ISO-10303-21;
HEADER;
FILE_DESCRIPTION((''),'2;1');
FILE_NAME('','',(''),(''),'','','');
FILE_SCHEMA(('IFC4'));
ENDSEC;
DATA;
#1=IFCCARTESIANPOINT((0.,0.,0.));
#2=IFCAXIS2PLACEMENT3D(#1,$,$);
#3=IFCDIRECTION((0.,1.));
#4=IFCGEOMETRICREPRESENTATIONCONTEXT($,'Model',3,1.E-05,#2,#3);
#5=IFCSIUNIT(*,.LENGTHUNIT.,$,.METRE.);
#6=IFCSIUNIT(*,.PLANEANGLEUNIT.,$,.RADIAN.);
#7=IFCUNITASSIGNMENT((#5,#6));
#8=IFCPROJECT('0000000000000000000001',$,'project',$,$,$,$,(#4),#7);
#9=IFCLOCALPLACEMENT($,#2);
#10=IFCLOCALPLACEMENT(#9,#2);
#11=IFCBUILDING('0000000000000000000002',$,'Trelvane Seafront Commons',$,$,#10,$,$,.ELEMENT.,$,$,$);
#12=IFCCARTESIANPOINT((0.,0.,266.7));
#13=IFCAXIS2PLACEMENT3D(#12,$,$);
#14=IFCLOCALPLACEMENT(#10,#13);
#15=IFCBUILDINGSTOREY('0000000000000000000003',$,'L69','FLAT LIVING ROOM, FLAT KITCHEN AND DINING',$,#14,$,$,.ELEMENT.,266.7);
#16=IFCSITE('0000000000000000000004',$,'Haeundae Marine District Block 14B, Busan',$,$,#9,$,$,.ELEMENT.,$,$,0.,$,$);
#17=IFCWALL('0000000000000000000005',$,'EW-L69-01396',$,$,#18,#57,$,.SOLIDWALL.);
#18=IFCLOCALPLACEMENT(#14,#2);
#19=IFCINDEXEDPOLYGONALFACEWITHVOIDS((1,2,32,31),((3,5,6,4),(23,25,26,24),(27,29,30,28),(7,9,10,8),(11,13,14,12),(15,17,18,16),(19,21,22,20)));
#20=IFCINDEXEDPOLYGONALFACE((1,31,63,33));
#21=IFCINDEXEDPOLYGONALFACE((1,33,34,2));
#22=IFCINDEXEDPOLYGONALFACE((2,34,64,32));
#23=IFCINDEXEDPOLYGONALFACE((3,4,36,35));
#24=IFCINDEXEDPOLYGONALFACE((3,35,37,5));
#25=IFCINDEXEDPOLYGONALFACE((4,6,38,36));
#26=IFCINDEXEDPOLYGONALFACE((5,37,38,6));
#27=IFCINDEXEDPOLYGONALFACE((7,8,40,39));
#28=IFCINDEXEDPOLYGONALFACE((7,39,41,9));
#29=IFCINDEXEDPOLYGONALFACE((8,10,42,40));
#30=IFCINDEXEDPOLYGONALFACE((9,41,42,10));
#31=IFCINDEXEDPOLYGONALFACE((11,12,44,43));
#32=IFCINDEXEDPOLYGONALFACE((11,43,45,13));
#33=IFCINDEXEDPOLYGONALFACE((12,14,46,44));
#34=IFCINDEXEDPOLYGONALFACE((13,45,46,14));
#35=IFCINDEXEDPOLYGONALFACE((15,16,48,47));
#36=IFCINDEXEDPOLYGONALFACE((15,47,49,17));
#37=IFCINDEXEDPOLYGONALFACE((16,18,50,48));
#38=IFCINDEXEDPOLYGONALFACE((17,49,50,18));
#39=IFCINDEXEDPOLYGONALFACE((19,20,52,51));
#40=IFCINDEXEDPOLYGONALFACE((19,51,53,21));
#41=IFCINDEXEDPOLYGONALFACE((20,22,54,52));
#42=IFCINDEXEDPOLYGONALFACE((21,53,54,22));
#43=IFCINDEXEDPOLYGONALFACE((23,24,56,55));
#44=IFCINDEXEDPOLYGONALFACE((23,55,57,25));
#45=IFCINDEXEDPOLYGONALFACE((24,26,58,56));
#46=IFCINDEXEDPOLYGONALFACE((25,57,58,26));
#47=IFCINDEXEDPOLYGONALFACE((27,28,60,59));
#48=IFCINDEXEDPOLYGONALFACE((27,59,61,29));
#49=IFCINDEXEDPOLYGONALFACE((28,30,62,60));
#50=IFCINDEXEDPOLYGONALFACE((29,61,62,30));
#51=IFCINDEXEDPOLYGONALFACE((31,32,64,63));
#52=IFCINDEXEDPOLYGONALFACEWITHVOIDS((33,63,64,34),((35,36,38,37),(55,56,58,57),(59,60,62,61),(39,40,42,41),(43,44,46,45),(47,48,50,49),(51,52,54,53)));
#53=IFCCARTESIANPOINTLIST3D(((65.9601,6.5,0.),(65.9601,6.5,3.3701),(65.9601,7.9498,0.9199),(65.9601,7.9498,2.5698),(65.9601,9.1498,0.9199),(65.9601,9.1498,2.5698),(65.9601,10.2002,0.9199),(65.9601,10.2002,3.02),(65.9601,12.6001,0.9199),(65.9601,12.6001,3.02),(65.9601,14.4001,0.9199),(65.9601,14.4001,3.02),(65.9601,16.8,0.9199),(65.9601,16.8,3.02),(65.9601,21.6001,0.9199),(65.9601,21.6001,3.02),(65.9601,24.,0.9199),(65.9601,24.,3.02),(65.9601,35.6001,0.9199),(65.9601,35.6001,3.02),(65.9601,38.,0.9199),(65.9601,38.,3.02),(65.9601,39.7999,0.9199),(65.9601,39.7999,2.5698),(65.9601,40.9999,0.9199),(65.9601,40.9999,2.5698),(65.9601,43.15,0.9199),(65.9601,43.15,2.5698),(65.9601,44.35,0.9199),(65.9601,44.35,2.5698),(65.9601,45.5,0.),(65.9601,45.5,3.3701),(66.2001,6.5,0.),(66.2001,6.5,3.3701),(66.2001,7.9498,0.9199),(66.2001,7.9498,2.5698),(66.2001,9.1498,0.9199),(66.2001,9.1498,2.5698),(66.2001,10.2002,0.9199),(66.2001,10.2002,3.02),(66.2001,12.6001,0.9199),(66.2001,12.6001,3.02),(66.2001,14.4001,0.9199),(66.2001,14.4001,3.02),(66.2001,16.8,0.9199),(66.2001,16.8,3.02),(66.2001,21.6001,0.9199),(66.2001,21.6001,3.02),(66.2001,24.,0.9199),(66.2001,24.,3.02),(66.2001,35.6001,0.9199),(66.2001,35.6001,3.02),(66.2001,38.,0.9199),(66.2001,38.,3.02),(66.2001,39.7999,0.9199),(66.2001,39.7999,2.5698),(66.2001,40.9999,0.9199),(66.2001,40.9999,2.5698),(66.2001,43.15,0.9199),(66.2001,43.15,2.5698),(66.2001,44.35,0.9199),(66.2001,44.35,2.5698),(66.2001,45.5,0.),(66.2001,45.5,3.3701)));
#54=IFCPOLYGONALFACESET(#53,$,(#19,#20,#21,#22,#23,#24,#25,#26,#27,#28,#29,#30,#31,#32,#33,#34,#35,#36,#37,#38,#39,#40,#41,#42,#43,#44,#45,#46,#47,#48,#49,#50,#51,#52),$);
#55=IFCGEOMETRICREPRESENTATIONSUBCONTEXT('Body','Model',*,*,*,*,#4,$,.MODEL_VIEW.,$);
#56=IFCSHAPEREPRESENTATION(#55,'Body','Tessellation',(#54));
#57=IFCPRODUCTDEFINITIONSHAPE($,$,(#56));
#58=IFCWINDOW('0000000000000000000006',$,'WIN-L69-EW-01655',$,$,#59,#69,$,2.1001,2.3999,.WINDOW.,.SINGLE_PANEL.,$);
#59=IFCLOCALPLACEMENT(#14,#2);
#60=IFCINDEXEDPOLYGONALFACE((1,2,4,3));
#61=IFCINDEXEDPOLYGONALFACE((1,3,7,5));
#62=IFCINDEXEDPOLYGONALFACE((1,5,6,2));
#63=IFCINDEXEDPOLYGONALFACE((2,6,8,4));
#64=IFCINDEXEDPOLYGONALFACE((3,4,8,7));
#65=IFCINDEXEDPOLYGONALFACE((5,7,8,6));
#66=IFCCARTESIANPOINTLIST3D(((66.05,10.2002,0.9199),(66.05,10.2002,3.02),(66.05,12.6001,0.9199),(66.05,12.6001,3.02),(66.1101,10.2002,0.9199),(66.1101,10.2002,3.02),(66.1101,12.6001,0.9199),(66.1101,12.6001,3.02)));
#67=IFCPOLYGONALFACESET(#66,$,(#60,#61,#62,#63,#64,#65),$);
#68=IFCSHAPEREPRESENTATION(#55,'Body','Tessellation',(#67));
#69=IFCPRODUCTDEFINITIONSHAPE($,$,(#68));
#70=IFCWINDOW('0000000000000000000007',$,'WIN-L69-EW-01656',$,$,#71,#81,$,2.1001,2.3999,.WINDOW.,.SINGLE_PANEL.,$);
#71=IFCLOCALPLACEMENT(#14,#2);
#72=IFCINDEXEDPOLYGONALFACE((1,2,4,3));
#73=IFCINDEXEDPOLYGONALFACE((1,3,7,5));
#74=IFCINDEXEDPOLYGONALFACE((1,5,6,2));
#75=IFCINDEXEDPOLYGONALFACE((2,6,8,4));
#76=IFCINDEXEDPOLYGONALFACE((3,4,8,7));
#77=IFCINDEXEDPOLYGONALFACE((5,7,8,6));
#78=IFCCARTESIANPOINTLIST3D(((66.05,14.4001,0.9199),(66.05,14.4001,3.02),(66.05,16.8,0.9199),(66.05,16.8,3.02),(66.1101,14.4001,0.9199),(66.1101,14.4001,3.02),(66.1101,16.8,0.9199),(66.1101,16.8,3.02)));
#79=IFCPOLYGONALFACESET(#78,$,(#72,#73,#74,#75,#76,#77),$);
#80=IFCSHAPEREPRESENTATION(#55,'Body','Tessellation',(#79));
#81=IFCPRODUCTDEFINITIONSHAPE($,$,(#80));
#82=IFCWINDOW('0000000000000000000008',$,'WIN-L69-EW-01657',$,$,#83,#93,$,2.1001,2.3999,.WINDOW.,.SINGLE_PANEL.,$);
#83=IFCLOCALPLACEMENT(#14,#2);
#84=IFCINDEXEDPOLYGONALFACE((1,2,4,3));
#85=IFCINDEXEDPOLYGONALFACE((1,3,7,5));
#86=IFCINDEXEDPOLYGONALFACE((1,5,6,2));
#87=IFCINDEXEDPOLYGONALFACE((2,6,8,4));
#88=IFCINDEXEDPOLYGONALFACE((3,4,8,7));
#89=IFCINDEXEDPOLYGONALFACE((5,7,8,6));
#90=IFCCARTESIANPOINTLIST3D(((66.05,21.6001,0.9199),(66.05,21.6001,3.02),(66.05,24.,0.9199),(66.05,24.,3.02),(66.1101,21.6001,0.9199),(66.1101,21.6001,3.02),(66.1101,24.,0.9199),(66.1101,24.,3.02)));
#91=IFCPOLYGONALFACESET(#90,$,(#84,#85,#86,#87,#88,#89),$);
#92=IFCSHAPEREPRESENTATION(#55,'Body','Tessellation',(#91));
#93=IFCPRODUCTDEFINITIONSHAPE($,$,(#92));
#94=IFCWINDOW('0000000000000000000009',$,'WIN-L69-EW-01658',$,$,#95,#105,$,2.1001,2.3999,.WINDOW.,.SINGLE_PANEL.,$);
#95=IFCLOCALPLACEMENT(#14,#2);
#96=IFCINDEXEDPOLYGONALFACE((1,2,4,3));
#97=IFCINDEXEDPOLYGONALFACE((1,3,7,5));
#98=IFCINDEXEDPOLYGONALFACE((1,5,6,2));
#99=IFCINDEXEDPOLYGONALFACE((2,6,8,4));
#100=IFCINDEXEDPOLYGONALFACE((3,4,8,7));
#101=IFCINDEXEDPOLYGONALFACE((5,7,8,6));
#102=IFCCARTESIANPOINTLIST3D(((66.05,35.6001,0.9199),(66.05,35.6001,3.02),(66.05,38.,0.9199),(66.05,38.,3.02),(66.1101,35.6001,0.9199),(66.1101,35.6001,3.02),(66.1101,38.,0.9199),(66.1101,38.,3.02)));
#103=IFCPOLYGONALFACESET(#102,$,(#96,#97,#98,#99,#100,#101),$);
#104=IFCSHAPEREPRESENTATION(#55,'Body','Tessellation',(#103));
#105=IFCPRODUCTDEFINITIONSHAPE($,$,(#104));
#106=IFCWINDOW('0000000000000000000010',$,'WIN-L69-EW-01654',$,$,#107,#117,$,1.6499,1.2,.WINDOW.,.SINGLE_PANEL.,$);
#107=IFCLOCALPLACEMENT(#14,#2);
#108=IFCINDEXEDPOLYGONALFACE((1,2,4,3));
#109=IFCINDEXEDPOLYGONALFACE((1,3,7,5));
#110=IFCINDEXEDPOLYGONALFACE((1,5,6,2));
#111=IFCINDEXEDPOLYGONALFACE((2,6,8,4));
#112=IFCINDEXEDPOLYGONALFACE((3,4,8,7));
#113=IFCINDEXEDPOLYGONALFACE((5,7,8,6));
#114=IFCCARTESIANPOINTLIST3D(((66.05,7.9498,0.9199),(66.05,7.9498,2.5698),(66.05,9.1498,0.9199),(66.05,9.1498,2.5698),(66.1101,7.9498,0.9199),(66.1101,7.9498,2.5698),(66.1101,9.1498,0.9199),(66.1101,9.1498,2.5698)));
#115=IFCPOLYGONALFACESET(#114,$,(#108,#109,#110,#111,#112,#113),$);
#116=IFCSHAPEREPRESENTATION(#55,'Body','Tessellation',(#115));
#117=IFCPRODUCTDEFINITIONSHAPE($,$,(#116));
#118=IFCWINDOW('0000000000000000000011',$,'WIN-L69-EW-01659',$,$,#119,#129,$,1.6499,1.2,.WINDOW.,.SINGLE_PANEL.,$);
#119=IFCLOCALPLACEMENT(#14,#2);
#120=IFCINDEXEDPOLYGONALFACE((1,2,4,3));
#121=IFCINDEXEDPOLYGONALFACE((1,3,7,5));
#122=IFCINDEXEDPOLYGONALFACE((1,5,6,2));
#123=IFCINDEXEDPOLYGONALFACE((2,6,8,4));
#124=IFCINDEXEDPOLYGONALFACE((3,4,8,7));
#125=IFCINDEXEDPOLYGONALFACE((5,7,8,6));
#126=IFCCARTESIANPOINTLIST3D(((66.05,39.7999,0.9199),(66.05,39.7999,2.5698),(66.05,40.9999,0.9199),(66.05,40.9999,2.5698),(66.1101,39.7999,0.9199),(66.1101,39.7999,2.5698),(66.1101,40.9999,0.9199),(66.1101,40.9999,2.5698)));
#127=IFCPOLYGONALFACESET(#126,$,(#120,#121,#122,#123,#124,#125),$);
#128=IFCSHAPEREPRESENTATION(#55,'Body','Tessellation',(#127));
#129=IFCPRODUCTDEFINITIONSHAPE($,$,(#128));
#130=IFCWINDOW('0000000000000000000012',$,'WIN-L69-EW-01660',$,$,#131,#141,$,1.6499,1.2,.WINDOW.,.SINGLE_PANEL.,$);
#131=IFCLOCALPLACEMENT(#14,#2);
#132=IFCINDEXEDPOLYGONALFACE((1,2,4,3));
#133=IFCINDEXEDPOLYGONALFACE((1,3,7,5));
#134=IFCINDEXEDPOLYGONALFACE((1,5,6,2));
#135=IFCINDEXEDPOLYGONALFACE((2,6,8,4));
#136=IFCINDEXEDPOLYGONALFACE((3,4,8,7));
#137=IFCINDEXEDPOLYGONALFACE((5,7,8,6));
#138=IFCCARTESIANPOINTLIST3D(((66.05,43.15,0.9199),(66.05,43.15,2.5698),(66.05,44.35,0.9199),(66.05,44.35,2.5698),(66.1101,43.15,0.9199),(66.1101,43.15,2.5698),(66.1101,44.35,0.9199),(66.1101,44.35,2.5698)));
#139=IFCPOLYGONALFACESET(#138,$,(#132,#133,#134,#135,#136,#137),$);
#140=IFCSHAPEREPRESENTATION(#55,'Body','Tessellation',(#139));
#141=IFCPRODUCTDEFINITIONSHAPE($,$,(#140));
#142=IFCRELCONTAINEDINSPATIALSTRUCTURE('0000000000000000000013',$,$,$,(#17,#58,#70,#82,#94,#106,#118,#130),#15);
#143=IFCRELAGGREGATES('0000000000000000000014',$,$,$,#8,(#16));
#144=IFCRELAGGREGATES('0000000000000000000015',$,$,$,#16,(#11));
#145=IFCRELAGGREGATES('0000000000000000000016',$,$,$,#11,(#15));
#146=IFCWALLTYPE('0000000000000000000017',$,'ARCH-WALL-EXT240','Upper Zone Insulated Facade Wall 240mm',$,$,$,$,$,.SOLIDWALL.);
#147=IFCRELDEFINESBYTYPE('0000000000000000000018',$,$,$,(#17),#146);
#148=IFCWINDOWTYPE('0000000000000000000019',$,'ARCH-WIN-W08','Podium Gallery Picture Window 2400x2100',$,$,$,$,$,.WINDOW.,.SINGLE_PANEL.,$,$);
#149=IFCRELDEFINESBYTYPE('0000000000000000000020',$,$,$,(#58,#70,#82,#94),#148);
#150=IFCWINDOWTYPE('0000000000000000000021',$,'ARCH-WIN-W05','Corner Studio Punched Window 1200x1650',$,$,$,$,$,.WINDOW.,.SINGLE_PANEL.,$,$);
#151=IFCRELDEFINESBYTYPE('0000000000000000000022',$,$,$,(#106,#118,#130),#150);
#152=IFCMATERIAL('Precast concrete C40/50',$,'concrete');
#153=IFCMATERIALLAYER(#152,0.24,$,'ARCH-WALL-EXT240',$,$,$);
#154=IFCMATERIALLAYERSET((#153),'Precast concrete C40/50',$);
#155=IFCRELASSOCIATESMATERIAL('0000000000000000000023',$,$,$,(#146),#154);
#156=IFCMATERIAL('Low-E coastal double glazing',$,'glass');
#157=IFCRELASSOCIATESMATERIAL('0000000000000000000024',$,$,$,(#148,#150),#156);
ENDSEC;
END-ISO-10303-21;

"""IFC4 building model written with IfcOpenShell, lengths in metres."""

from ifc_helpers import new_model, si_unit, direction, frame, frame_2d, origin, place, context, subcontext, project, spatial, rectangle, extrude, source, transform, mapped, material, layer, layer_set, type_object, element, fill, save


model = new_model("IFC4")

# Units and contexts
model_context = context("Model", 3, precision=1e-05, world=origin(), true_north=direction((0.0, 1.0)))
body_context = subcontext(model_context, "Body", "Model", "MODEL_VIEW")
ifc_project = project(units=[si_unit("LENGTHUNIT", "METRE"), si_unit("PLANEANGLEUNIT", "RADIAN")], contexts=[model_context])

# Site, building, storey
site_placement = place(None, origin())
site = spatial("IfcSite", under=ifc_project, at=site_placement, Name="Haeundae Marine District Block 14B, Busan", CompositionType="ELEMENT", RefElevation=0.0)
building_placement = place(site_placement, origin())
building = spatial("IfcBuilding", under=site, at=building_placement, Name="Trelvane Seafront Commons", CompositionType="ELEMENT")
storey_placement = place(building_placement, frame((0.0, 0.0, 266.7)))
storey = spatial("IfcBuildingStorey", under=building, at=storey_placement, Name="L69", Description="FLAT LIVING ROOM, FLAT KITCHEN AND DINING", CompositionType="ELEMENT", Elevation=266.7)

# Shared definitions
ifc_material_1 = material(Name="Low-E coastal double glazing", Category="glass")

# Shared definitions
ifc_material_2 = material(Name="Precast concrete C40/50", Category="concrete")
ifc_layer_1 = layer(ifc_material_2, 0.24, Name="ARCH-WALL-EXT240")
ifc_layer_set_1 = layer_set([ifc_layer_1], Name="Precast concrete C40/50")
wall_type = type_object("IfcWallType", Name="ARCH-WALL-EXT240", Description="Upper Zone Insulated Facade Wall 240mm", PredefinedType="SOLIDWALL", material=ifc_layer_set_1)

# Wall, openings, windows
wall_1_placement = place(storey_placement, frame((66.0801, 45.5, 0.0), z_axis=(0.0, 0.0, 1.0), x_axis=(0.0, -1.0, 0.0)))
wall_1 = element("IfcWall", 1, at=wall_1_placement, inside=storey, type_object=wall_type, Name="EW-L69-01396", PredefinedType="SOLIDWALL", context=body_context, shape_type="SweptSolid", body=[
    extrude(rectangle(XDim=39.0, YDim=0.24, at=frame_2d((19.5, 0.0))), origin(), (0.0, 0.0, 1.0), 3.3701),
])
opening_1_placement = place(wall_1_placement, frame((36.3501, 0.0, 0.9199)))
opening_1 = element("IfcOpeningElement", 2, at=opening_1_placement, cuts=wall_1, PredefinedType="OPENING", context=body_context, shape_type="SweptSolid", body=[
    extrude(rectangle(XDim=1.2, YDim=1.6499, at=frame_2d((0.6001, 0.825))), frame((0.0, 0.1299, 0.0), z_axis=(0.0, -1.0, 0.0), x_axis=(1.0, 0.0, 0.0)), (0.0, 0.0, 1.0), 0.26),
])
opening_2_placement = place(wall_1_placement, frame((32.8999, 0.0, 0.9199)))
opening_2 = element("IfcOpeningElement", 3, at=opening_2_placement, cuts=wall_1, PredefinedType="OPENING", context=body_context, shape_type="SweptSolid", body=[
    extrude(rectangle(XDim=2.3999, YDim=2.1001, at=frame_2d((1.2, 1.05))), frame((0.0, 0.1299, 0.0), z_axis=(0.0, -1.0, 0.0), x_axis=(1.0, 0.0, 0.0)), (0.0, 0.0, 1.0), 0.26),
])
opening_3_placement = place(wall_1_placement, frame((28.7, 0.0, 0.9199)))
opening_3 = element("IfcOpeningElement", 4, at=opening_3_placement, cuts=wall_1, PredefinedType="OPENING", context=body_context, shape_type="SweptSolid", body=[
    extrude(rectangle(XDim=2.3999, YDim=2.1001, at=frame_2d((1.2, 1.05))), frame((0.0, 0.1299, 0.0), z_axis=(0.0, -1.0, 0.0), x_axis=(1.0, 0.0, 0.0)), (0.0, 0.0, 1.0), 0.26),
])
opening_4_placement = place(wall_1_placement, frame((21.5, 0.0, 0.9199)))
opening_4 = element("IfcOpeningElement", 5, at=opening_4_placement, cuts=wall_1, PredefinedType="OPENING", context=body_context, shape_type="SweptSolid", body=[
    extrude(rectangle(XDim=2.3999, YDim=2.1001, at=frame_2d((1.2, 1.05))), frame((0.0, 0.1299, 0.0), z_axis=(0.0, -1.0, 0.0), x_axis=(1.0, 0.0, 0.0)), (0.0, 0.0, 1.0), 0.26),
])
opening_5_placement = place(wall_1_placement, frame((7.5, 0.0, 0.9199)))
opening_5 = element("IfcOpeningElement", 6, at=opening_5_placement, cuts=wall_1, PredefinedType="OPENING", context=body_context, shape_type="SweptSolid", body=[
    extrude(rectangle(XDim=2.3999, YDim=2.1001, at=frame_2d((1.2, 1.05))), frame((0.0, 0.1299, 0.0), z_axis=(0.0, -1.0, 0.0), x_axis=(1.0, 0.0, 0.0)), (0.0, 0.0, 1.0), 0.26),
])
opening_6_placement = place(wall_1_placement, frame((4.5, 0.0, 0.9199)))
opening_6 = element("IfcOpeningElement", 7, at=opening_6_placement, cuts=wall_1, PredefinedType="OPENING", context=body_context, shape_type="SweptSolid", body=[
    extrude(rectangle(XDim=1.2, YDim=1.6499, at=frame_2d((0.6001, 0.825))), frame((0.0, 0.1299, 0.0), z_axis=(0.0, -1.0, 0.0), x_axis=(1.0, 0.0, 0.0)), (0.0, 0.0, 1.0), 0.26),
])
opening_7_placement = place(wall_1_placement, frame((1.1499, 0.0, 0.9199)))
opening_7 = element("IfcOpeningElement", 8, at=opening_7_placement, cuts=wall_1, PredefinedType="OPENING", context=body_context, shape_type="SweptSolid", body=[
    extrude(rectangle(XDim=1.2, YDim=1.6499, at=frame_2d((0.6001, 0.825))), frame((0.0, 0.1299, 0.0), z_axis=(0.0, -1.0, 0.0), x_axis=(1.0, 0.0, 0.0)), (0.0, 0.0, 1.0), 0.26),
])
window_type_1 = type_object("IfcWindowType", Name="ARCH-WIN-W08", Description="Podium Gallery Picture Window 2400x2100", PartitioningType="SINGLE_PANEL", PredefinedType="WINDOW", material=ifc_material_1)
shared_shape_1 = source(origin(), body_context, "Body", "SweptSolid", [
    extrude(rectangle(XDim=2.3999, YDim=2.1001, at=frame_2d((1.2, 1.05))), frame((0.0, 0.03, 0.0), z_axis=(0.0, -1.0, 0.0), x_axis=(1.0, 0.0, 0.0)), (0.0, 0.0, 1.0), 0.0601),
])
window_1_placement = place(opening_2_placement, origin())
window_1 = element("IfcWindow", 9, at=window_1_placement, inside=storey, type_object=window_type_1, Name="WIN-L69-EW-01655", OverallHeight=2.1001, OverallWidth=2.3999, PartitioningType="SINGLE_PANEL", PredefinedType="WINDOW", context=body_context, shape_type="MappedRepresentation", body=[
    mapped(shared_shape_1, transform((0.0, 0.0, 0.0), x_axis=(1.0, 0.0, 0.0), y_axis=(0.0, 1.0, 0.0), z_axis=(0.0, 0.0, 1.0), scale=1.0)),
])
fill(opening_2, window_1)
window_2_placement = place(opening_3_placement, origin())
window_2 = element("IfcWindow", 10, at=window_2_placement, inside=storey, type_object=window_type_1, Name="WIN-L69-EW-01656", OverallHeight=2.1001, OverallWidth=2.3999, PartitioningType="SINGLE_PANEL", PredefinedType="WINDOW", context=body_context, shape_type="MappedRepresentation", body=[
    mapped(shared_shape_1, transform((0.0, 0.0, 0.0), x_axis=(1.0, 0.0, 0.0), y_axis=(0.0, 1.0, 0.0), z_axis=(0.0, 0.0, 1.0), scale=1.0)),
])
fill(opening_3, window_2)
window_3_placement = place(opening_4_placement, origin())
window_3 = element("IfcWindow", 11, at=window_3_placement, inside=storey, type_object=window_type_1, Name="WIN-L69-EW-01657", OverallHeight=2.1001, OverallWidth=2.3999, PartitioningType="SINGLE_PANEL", PredefinedType="WINDOW", context=body_context, shape_type="MappedRepresentation", body=[
    mapped(shared_shape_1, transform((0.0, 0.0, 0.0), x_axis=(1.0, 0.0, 0.0), y_axis=(0.0, 1.0, 0.0), z_axis=(0.0, 0.0, 1.0), scale=1.0)),
])
fill(opening_4, window_3)
window_4_placement = place(opening_5_placement, origin())
window_4 = element("IfcWindow", 12, at=window_4_placement, inside=storey, type_object=window_type_1, Name="WIN-L69-EW-01658", OverallHeight=2.1001, OverallWidth=2.3999, PartitioningType="SINGLE_PANEL", PredefinedType="WINDOW", context=body_context, shape_type="MappedRepresentation", body=[
    mapped(shared_shape_1, transform((0.0, 0.0, 0.0), x_axis=(1.0, 0.0, 0.0), y_axis=(0.0, 1.0, 0.0), z_axis=(0.0, 0.0, 1.0), scale=1.0)),
])
fill(opening_5, window_4)
window_type_2 = type_object("IfcWindowType", Name="ARCH-WIN-W05", Description="Corner Studio Punched Window 1200x1650", PartitioningType="SINGLE_PANEL", PredefinedType="WINDOW", material=ifc_material_1)
shared_shape_2 = source(origin(), body_context, "Body", "SweptSolid", [
    extrude(rectangle(XDim=1.2, YDim=1.6499, at=frame_2d((0.6001, 0.825))), frame((0.0, 0.03, 0.0), z_axis=(0.0, -1.0, 0.0), x_axis=(1.0, 0.0, 0.0)), (0.0, 0.0, 1.0), 0.0601),
])
window_5_placement = place(opening_1_placement, origin())
window_5 = element("IfcWindow", 13, at=window_5_placement, inside=storey, type_object=window_type_2, Name="WIN-L69-EW-01654", OverallHeight=1.6499, OverallWidth=1.2, PartitioningType="SINGLE_PANEL", PredefinedType="WINDOW", context=body_context, shape_type="MappedRepresentation", body=[
    mapped(shared_shape_2, transform((0.0, 0.0, 0.0), x_axis=(1.0, 0.0, 0.0), y_axis=(0.0, 1.0, 0.0), z_axis=(0.0, 0.0, 1.0), scale=1.0)),
])
fill(opening_1, window_5)
window_6_placement = place(opening_6_placement, origin())
window_6 = element("IfcWindow", 14, at=window_6_placement, inside=storey, type_object=window_type_2, Name="WIN-L69-EW-01659", OverallHeight=1.6499, OverallWidth=1.2, PartitioningType="SINGLE_PANEL", PredefinedType="WINDOW", context=body_context, shape_type="MappedRepresentation", body=[
    mapped(shared_shape_2, transform((0.0, 0.0, 0.0), x_axis=(1.0, 0.0, 0.0), y_axis=(0.0, 1.0, 0.0), z_axis=(0.0, 0.0, 1.0), scale=1.0)),
])
fill(opening_6, window_6)
window_7_placement = place(opening_7_placement, origin())
window_7 = element("IfcWindow", 15, at=window_7_placement, inside=storey, type_object=window_type_2, Name="WIN-L69-EW-01660", OverallHeight=1.6499, OverallWidth=1.2, PartitioningType="SINGLE_PANEL", PredefinedType="WINDOW", context=body_context, shape_type="MappedRepresentation", body=[
    mapped(shared_shape_2, transform((0.0, 0.0, 0.0), x_axis=(1.0, 0.0, 0.0), y_axis=(0.0, 1.0, 0.0), z_axis=(0.0, 0.0, 1.0), scale=1.0)),
])
fill(opening_7, window_7)

save(model, "model.ifc")
